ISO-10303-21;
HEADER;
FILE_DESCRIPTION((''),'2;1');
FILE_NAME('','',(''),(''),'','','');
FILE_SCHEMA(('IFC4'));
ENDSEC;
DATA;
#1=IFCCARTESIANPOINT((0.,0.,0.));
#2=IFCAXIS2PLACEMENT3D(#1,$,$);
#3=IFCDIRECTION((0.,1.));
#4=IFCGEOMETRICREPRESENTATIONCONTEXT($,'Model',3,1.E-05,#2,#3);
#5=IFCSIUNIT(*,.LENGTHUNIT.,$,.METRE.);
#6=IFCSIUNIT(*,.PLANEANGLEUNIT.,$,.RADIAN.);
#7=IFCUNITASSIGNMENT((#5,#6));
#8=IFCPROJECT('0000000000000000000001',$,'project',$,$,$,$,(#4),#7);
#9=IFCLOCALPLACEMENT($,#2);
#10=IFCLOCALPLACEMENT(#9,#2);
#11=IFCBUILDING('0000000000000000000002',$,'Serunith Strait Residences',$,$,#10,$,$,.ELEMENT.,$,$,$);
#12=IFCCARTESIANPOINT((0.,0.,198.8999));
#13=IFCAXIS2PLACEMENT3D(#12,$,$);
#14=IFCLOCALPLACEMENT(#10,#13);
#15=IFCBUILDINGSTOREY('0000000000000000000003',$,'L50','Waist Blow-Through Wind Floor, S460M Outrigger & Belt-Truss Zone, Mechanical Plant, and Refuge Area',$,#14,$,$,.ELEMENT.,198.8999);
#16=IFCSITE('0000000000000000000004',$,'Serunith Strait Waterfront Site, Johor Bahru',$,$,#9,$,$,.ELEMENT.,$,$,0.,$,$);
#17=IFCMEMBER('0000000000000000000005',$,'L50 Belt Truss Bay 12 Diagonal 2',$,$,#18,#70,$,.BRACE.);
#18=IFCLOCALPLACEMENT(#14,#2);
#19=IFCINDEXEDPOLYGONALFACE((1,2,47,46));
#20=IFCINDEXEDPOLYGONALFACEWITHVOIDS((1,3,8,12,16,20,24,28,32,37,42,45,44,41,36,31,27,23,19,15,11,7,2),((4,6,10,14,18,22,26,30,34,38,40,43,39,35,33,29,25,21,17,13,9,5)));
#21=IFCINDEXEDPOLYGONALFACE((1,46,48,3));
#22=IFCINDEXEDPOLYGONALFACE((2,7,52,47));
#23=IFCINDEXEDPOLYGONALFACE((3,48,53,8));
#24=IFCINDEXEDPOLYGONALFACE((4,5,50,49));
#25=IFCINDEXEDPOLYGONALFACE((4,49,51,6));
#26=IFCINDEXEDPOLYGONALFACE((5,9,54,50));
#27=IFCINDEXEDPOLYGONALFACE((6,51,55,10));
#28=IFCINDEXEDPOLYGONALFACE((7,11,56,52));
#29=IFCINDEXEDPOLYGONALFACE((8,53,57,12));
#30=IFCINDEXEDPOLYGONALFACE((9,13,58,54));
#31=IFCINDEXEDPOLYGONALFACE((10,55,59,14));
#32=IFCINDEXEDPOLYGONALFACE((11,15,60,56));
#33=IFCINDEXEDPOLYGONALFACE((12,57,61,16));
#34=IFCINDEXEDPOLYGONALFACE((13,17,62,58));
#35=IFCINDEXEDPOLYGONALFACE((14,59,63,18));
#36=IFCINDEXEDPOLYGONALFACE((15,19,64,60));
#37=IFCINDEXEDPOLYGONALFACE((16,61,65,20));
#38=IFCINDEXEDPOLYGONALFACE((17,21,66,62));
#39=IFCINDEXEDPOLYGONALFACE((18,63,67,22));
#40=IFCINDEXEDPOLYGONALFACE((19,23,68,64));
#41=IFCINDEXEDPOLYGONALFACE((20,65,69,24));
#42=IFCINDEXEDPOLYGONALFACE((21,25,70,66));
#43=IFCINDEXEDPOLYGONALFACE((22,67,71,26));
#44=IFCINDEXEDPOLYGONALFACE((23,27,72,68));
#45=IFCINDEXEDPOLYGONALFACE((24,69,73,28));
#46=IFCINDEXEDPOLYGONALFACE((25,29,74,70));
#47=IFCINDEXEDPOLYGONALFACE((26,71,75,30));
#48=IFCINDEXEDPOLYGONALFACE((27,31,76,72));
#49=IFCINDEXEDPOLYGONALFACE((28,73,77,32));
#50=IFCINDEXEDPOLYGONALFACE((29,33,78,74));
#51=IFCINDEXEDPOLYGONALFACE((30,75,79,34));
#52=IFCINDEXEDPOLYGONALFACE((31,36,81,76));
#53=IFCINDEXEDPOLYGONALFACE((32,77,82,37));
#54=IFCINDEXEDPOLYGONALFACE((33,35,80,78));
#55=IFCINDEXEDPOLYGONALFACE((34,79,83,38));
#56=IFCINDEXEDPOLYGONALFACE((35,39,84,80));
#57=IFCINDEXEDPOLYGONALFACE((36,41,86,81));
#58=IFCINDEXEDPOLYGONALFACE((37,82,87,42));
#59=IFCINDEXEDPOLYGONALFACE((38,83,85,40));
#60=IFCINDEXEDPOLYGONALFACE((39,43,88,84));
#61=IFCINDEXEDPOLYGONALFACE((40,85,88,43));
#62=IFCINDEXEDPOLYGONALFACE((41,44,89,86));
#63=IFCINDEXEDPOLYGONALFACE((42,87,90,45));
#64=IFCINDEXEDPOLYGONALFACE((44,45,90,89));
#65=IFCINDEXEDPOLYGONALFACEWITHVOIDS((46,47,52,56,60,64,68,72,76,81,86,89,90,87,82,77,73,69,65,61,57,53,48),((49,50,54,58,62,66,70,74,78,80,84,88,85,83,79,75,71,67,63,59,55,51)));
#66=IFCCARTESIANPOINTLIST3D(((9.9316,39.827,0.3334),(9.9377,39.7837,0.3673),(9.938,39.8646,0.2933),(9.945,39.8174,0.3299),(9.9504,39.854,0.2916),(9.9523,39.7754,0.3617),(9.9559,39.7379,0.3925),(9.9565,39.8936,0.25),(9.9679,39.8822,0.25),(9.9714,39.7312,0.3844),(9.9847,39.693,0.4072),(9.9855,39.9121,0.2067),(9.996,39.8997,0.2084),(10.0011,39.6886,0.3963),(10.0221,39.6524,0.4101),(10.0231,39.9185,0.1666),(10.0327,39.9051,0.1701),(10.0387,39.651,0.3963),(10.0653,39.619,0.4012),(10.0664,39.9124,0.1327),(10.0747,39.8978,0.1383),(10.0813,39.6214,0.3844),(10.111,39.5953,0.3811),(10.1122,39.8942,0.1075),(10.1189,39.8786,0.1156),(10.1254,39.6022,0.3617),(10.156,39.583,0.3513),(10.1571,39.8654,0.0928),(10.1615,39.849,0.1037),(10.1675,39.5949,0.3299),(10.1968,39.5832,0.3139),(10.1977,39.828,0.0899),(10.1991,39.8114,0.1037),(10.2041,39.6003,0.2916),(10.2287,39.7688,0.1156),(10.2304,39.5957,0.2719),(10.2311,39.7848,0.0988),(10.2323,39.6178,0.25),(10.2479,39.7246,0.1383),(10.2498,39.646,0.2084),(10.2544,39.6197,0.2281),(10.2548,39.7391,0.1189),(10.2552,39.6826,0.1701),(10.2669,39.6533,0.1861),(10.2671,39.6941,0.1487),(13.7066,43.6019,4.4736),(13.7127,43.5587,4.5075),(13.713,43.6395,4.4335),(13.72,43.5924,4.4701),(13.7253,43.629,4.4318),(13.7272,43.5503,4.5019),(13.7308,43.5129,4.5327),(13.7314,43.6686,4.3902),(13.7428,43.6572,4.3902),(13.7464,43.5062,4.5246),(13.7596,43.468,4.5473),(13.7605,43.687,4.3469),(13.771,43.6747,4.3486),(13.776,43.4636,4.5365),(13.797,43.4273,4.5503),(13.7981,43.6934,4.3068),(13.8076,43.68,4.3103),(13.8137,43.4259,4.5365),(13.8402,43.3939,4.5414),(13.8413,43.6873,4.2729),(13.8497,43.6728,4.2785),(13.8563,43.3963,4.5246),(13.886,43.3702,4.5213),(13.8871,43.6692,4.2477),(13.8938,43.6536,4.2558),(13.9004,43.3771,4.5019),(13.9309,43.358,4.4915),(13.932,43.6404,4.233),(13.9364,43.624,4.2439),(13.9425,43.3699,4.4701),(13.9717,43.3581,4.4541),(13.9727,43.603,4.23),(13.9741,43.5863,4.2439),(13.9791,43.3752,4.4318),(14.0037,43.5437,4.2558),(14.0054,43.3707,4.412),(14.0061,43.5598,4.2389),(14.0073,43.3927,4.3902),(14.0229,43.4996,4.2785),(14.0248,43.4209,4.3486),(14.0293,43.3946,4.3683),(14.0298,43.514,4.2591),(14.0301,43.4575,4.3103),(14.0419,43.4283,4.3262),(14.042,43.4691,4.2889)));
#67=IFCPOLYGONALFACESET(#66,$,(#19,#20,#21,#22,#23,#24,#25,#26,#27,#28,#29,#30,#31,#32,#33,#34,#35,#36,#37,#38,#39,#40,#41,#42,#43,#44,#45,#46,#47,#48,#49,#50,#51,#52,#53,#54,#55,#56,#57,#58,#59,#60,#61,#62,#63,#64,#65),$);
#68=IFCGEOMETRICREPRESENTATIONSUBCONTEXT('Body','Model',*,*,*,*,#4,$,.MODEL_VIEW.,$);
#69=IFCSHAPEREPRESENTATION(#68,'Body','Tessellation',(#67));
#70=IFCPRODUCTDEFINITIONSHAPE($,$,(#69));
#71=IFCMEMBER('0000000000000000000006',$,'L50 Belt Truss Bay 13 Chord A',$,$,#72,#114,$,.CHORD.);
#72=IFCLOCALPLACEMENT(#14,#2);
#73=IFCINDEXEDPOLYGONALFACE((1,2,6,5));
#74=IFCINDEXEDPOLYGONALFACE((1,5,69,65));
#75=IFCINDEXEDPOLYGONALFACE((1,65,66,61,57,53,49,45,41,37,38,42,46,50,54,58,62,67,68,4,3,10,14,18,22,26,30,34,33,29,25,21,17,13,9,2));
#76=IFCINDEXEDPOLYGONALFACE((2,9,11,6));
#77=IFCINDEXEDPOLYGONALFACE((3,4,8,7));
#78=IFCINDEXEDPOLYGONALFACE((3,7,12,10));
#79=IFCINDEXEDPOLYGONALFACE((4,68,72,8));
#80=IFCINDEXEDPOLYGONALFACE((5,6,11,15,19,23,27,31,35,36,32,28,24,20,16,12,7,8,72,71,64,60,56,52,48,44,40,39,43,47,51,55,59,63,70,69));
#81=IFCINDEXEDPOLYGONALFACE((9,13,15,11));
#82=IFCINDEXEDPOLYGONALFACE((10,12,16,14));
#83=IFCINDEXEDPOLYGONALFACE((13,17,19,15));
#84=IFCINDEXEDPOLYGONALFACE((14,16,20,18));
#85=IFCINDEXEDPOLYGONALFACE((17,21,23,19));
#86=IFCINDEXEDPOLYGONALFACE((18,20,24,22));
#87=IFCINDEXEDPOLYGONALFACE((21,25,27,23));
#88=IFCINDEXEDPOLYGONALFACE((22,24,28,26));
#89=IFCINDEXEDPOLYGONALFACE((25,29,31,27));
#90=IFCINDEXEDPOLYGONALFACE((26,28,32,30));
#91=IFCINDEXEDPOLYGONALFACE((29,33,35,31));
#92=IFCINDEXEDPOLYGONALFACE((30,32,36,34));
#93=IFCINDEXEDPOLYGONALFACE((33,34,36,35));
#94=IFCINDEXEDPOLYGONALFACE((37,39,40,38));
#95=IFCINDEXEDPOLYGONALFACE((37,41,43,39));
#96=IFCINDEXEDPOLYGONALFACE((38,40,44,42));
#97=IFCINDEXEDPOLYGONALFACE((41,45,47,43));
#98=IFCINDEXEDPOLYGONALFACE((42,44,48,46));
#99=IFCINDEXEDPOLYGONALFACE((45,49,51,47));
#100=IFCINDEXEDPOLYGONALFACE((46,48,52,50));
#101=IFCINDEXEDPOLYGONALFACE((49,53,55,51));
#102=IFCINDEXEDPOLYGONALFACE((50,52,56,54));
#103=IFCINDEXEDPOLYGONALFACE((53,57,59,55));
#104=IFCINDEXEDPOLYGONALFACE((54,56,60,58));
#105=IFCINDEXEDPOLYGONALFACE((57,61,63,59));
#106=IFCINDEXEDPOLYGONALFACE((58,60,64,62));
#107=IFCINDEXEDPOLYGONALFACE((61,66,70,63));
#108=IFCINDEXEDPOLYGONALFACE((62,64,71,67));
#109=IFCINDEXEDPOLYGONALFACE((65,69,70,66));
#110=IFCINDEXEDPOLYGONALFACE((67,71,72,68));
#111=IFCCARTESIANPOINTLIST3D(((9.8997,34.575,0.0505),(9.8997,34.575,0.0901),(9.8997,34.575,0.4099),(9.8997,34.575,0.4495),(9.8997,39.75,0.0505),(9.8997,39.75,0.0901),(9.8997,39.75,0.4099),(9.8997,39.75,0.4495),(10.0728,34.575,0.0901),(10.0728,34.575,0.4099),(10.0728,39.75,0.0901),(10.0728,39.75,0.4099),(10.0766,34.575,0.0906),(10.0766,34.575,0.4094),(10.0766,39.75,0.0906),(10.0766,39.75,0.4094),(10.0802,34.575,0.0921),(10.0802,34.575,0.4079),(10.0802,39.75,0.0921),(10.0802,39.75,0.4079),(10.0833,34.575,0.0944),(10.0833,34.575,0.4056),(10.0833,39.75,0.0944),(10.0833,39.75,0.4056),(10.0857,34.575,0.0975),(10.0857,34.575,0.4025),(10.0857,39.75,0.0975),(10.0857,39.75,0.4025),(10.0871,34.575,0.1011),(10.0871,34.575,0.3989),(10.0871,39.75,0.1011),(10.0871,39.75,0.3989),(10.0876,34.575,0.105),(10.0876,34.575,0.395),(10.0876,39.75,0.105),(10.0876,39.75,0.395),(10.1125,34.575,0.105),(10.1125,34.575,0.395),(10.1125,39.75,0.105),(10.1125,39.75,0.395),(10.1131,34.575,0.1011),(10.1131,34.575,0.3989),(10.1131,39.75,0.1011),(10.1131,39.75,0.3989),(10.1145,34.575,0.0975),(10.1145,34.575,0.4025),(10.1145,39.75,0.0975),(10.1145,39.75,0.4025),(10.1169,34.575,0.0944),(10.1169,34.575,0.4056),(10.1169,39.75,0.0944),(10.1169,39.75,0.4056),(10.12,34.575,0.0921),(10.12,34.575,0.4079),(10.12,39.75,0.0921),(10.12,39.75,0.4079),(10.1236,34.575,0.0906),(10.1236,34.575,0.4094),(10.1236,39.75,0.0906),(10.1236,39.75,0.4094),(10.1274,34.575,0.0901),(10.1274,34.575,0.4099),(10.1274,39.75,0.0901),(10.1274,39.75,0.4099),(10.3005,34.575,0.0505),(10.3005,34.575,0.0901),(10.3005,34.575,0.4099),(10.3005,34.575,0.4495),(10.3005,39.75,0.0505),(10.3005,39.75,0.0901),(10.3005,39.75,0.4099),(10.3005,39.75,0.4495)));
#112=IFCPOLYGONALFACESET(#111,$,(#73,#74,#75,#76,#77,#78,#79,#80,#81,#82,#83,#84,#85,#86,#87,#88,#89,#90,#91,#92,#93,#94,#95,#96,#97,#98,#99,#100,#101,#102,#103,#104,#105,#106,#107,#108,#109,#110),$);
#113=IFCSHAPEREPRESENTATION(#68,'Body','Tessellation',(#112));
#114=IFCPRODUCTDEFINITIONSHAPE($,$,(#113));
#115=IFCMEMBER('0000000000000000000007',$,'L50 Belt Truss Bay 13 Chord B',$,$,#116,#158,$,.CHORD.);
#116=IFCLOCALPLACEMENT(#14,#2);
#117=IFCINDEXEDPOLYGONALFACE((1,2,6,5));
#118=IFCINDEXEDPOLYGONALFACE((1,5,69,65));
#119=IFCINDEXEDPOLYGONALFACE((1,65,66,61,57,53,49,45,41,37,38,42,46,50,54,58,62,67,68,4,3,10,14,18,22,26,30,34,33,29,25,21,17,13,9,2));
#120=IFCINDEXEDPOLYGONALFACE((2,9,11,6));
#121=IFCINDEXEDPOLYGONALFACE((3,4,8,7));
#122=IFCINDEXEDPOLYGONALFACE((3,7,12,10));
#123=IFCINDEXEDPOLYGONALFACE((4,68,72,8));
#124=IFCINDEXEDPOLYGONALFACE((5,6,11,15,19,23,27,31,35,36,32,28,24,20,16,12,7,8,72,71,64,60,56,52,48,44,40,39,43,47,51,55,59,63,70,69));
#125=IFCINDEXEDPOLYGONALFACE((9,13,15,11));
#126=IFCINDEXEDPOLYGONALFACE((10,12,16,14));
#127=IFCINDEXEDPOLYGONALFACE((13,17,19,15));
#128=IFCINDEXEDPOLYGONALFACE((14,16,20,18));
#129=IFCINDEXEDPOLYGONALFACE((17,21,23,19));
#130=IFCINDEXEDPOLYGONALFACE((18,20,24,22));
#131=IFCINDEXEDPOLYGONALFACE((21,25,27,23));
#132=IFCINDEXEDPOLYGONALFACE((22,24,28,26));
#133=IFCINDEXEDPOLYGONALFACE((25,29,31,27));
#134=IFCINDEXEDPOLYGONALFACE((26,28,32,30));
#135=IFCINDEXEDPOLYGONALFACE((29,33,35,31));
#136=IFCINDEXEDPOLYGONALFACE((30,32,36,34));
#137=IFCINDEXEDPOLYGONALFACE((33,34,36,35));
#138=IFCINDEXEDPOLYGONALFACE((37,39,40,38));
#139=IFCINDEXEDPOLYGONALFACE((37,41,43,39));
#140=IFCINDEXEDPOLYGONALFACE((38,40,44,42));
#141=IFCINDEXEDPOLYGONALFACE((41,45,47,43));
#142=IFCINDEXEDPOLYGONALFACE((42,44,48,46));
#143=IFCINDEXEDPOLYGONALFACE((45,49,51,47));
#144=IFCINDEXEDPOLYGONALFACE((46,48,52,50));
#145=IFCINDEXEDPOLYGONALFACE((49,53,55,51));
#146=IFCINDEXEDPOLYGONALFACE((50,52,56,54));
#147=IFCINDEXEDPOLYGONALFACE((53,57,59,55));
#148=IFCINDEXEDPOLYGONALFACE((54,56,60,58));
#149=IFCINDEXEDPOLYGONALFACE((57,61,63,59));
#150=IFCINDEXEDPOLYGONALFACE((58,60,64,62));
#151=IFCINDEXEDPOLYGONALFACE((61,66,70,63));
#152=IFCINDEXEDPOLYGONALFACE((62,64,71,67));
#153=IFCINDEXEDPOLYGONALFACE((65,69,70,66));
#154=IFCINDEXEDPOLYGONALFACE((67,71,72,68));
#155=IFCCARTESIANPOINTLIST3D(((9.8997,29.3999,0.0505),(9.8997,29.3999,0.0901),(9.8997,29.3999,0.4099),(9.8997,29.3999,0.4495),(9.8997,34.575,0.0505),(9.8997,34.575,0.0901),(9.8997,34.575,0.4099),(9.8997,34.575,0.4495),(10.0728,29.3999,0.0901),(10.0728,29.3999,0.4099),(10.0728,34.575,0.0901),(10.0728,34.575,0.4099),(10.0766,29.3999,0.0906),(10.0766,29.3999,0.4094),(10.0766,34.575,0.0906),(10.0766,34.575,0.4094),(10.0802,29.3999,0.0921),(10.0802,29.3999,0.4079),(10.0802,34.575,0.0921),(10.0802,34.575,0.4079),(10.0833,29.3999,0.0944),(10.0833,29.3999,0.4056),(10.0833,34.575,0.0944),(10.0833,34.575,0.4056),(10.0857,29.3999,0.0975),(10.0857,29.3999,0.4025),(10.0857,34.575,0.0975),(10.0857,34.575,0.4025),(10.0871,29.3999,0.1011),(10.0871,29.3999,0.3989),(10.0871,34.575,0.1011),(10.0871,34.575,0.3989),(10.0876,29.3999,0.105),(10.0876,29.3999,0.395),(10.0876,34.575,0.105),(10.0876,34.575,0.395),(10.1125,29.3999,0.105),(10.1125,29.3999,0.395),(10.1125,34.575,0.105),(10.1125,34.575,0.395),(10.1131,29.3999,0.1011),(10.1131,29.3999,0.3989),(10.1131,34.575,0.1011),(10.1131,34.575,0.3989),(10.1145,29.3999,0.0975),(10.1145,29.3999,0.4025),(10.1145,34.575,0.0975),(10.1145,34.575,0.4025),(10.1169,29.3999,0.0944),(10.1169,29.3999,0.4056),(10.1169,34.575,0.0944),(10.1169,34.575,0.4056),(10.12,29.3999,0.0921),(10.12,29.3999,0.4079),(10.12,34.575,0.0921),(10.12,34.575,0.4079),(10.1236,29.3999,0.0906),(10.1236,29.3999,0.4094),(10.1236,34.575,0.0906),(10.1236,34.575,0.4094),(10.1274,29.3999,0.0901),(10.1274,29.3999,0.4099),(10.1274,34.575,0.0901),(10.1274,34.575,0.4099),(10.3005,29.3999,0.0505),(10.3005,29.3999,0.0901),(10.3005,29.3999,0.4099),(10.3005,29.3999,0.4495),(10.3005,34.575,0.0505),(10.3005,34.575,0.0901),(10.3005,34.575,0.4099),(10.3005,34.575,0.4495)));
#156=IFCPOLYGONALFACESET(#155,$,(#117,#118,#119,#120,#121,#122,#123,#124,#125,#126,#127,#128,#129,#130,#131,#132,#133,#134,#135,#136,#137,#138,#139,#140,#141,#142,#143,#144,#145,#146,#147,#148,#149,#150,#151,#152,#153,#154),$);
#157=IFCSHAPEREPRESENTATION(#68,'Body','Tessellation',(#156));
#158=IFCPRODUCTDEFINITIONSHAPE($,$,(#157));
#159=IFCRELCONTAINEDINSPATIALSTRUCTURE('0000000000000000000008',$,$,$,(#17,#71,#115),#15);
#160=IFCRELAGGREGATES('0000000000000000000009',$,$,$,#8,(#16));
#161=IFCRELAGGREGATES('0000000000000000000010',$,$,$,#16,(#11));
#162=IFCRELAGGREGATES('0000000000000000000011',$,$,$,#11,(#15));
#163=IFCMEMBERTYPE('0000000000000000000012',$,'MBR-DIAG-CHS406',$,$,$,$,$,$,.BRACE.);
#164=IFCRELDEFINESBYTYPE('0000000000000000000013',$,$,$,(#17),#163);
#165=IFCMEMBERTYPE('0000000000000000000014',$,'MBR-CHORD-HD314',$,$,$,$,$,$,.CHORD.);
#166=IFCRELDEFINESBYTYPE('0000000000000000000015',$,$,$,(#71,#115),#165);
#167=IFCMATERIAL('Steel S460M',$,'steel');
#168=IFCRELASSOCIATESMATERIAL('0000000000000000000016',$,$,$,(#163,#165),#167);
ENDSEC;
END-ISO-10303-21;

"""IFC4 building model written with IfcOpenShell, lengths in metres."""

from ifc_helpers import new_model, si_unit, direction, frame, origin, origin_2d, place, context, subcontext, project, spatial, hollow_circle, i_section, extrude, source, transform, mapped, material, material_profile, profile_set, type_object, element, save


model = new_model("IFC4")

# Units and contexts
model_context = context("Model", 3, precision=1e-05, world=origin(), true_north=direction((0.0, 1.0)))
body_context = subcontext(model_context, "Body", "Model", "MODEL_VIEW")
ifc_project = project(units=[si_unit("LENGTHUNIT", "METRE"), si_unit("PLANEANGLEUNIT", "RADIAN")], contexts=[model_context])

# Site, building, storey
site_placement = place(None, origin())
site = spatial("IfcSite", under=ifc_project, at=site_placement, Name="Serunith Strait Waterfront Site, Johor Bahru", CompositionType="ELEMENT", RefElevation=0.0)
building_placement = place(site_placement, origin())
building = spatial("IfcBuilding", under=site, at=building_placement, Name="Serunith Strait Residences", CompositionType="ELEMENT")
storey_placement = place(building_placement, frame((0.0, 0.0, 198.8999)))
storey = spatial("IfcBuildingStorey", under=building, at=storey_placement, Name="L50", Description="Waist Blow-Through Wind Floor, S460M Outrigger & Belt-Truss Zone, Mechanical Plant, and Refuge Area", CompositionType="ELEMENT", Elevation=198.8999)

# Members
ifc_material_1 = material(Name="Steel S460M", Category="steel")
ifc_material_profile_1 = material_profile(ifc_material_1, hollow_circle(Radius=0.2031, WallThickness=0.0161, at=origin_2d()), Name="CHS 406.4x16")
ifc_profile_set_1 = profile_set([ifc_material_profile_1], Name="Steel S460M")
member_type_1 = type_object("IfcMemberType", Name="MBR-DIAG-CHS406", PredefinedType="BRACE", material=ifc_profile_set_1)
ifc_material_profile_2 = material_profile(ifc_material_1, i_section(OverallWidth=0.4009, OverallDepth=0.3989, WebThickness=0.0249, FlangeThickness=0.0396, FilletRadius=0.0149, at=origin_2d()), Name="HD 400x314")
ifc_profile_set_2 = profile_set([ifc_material_profile_2], Name="Steel S460M")
member_type_2 = type_object("IfcMemberType", Name="MBR-CHORD-HD314", PredefinedType="CHORD", material=ifc_profile_set_2)
shared_shape_1 = source(origin(), body_context, "Body", "SweptSolid", [
    extrude(hollow_circle(Radius=0.2031, WallThickness=0.0161, at=origin_2d()), origin(), (0.0, 0.0, 1.0), 6.7559),
])
for number, where, z_axis, x_axis, name in (
    (1, (10.1001, 39.75, 0.25), (0.558767, 0.558767, 0.612829), (-0.707107, 0.707107, 0.0), "L50 Belt Truss Bay 12 Diagonal 2"),
):
    element("IfcMember", number, at=place(storey_placement, frame(where, z_axis=z_axis, x_axis=x_axis)), inside=storey, type_object=member_type_1, Name=name, PredefinedType="BRACE", context=body_context, shape_type="MappedRepresentation", body=[
        mapped(shared_shape_1, transform((0.0, 0.0, 0.0), scale=1.0)),
    ])
shared_shape_2 = source(origin(), body_context, "Body", "SweptSolid", [
    extrude(i_section(OverallWidth=0.4009, OverallDepth=0.3989, WebThickness=0.0249, FlangeThickness=0.0396, FilletRadius=0.0149, at=origin_2d()), origin(), (0.0, 0.0, 1.0), 5.175),
])
for number, where, z_axis, x_axis, name in (
    (2, (10.1001, 39.75, 0.25), (0.0, -1.0, 0.0), (1.0, 0.0, 0.0), "L50 Belt Truss Bay 13 Chord A"),
    (3, (10.1001, 34.575, 0.25), (0.0, -1.0, 0.0), (1.0, 0.0, 0.0), "L50 Belt Truss Bay 13 Chord B"),
):
    element("IfcMember", number, at=place(storey_placement, frame(where, z_axis=z_axis, x_axis=x_axis)), inside=storey, type_object=member_type_2, Name=name, PredefinedType="CHORD", context=body_context, shape_type="MappedRepresentation", body=[
        mapped(shared_shape_2, transform((0.0, 0.0, 0.0), scale=1.0)),
    ])

save(model, "model.ifc")
